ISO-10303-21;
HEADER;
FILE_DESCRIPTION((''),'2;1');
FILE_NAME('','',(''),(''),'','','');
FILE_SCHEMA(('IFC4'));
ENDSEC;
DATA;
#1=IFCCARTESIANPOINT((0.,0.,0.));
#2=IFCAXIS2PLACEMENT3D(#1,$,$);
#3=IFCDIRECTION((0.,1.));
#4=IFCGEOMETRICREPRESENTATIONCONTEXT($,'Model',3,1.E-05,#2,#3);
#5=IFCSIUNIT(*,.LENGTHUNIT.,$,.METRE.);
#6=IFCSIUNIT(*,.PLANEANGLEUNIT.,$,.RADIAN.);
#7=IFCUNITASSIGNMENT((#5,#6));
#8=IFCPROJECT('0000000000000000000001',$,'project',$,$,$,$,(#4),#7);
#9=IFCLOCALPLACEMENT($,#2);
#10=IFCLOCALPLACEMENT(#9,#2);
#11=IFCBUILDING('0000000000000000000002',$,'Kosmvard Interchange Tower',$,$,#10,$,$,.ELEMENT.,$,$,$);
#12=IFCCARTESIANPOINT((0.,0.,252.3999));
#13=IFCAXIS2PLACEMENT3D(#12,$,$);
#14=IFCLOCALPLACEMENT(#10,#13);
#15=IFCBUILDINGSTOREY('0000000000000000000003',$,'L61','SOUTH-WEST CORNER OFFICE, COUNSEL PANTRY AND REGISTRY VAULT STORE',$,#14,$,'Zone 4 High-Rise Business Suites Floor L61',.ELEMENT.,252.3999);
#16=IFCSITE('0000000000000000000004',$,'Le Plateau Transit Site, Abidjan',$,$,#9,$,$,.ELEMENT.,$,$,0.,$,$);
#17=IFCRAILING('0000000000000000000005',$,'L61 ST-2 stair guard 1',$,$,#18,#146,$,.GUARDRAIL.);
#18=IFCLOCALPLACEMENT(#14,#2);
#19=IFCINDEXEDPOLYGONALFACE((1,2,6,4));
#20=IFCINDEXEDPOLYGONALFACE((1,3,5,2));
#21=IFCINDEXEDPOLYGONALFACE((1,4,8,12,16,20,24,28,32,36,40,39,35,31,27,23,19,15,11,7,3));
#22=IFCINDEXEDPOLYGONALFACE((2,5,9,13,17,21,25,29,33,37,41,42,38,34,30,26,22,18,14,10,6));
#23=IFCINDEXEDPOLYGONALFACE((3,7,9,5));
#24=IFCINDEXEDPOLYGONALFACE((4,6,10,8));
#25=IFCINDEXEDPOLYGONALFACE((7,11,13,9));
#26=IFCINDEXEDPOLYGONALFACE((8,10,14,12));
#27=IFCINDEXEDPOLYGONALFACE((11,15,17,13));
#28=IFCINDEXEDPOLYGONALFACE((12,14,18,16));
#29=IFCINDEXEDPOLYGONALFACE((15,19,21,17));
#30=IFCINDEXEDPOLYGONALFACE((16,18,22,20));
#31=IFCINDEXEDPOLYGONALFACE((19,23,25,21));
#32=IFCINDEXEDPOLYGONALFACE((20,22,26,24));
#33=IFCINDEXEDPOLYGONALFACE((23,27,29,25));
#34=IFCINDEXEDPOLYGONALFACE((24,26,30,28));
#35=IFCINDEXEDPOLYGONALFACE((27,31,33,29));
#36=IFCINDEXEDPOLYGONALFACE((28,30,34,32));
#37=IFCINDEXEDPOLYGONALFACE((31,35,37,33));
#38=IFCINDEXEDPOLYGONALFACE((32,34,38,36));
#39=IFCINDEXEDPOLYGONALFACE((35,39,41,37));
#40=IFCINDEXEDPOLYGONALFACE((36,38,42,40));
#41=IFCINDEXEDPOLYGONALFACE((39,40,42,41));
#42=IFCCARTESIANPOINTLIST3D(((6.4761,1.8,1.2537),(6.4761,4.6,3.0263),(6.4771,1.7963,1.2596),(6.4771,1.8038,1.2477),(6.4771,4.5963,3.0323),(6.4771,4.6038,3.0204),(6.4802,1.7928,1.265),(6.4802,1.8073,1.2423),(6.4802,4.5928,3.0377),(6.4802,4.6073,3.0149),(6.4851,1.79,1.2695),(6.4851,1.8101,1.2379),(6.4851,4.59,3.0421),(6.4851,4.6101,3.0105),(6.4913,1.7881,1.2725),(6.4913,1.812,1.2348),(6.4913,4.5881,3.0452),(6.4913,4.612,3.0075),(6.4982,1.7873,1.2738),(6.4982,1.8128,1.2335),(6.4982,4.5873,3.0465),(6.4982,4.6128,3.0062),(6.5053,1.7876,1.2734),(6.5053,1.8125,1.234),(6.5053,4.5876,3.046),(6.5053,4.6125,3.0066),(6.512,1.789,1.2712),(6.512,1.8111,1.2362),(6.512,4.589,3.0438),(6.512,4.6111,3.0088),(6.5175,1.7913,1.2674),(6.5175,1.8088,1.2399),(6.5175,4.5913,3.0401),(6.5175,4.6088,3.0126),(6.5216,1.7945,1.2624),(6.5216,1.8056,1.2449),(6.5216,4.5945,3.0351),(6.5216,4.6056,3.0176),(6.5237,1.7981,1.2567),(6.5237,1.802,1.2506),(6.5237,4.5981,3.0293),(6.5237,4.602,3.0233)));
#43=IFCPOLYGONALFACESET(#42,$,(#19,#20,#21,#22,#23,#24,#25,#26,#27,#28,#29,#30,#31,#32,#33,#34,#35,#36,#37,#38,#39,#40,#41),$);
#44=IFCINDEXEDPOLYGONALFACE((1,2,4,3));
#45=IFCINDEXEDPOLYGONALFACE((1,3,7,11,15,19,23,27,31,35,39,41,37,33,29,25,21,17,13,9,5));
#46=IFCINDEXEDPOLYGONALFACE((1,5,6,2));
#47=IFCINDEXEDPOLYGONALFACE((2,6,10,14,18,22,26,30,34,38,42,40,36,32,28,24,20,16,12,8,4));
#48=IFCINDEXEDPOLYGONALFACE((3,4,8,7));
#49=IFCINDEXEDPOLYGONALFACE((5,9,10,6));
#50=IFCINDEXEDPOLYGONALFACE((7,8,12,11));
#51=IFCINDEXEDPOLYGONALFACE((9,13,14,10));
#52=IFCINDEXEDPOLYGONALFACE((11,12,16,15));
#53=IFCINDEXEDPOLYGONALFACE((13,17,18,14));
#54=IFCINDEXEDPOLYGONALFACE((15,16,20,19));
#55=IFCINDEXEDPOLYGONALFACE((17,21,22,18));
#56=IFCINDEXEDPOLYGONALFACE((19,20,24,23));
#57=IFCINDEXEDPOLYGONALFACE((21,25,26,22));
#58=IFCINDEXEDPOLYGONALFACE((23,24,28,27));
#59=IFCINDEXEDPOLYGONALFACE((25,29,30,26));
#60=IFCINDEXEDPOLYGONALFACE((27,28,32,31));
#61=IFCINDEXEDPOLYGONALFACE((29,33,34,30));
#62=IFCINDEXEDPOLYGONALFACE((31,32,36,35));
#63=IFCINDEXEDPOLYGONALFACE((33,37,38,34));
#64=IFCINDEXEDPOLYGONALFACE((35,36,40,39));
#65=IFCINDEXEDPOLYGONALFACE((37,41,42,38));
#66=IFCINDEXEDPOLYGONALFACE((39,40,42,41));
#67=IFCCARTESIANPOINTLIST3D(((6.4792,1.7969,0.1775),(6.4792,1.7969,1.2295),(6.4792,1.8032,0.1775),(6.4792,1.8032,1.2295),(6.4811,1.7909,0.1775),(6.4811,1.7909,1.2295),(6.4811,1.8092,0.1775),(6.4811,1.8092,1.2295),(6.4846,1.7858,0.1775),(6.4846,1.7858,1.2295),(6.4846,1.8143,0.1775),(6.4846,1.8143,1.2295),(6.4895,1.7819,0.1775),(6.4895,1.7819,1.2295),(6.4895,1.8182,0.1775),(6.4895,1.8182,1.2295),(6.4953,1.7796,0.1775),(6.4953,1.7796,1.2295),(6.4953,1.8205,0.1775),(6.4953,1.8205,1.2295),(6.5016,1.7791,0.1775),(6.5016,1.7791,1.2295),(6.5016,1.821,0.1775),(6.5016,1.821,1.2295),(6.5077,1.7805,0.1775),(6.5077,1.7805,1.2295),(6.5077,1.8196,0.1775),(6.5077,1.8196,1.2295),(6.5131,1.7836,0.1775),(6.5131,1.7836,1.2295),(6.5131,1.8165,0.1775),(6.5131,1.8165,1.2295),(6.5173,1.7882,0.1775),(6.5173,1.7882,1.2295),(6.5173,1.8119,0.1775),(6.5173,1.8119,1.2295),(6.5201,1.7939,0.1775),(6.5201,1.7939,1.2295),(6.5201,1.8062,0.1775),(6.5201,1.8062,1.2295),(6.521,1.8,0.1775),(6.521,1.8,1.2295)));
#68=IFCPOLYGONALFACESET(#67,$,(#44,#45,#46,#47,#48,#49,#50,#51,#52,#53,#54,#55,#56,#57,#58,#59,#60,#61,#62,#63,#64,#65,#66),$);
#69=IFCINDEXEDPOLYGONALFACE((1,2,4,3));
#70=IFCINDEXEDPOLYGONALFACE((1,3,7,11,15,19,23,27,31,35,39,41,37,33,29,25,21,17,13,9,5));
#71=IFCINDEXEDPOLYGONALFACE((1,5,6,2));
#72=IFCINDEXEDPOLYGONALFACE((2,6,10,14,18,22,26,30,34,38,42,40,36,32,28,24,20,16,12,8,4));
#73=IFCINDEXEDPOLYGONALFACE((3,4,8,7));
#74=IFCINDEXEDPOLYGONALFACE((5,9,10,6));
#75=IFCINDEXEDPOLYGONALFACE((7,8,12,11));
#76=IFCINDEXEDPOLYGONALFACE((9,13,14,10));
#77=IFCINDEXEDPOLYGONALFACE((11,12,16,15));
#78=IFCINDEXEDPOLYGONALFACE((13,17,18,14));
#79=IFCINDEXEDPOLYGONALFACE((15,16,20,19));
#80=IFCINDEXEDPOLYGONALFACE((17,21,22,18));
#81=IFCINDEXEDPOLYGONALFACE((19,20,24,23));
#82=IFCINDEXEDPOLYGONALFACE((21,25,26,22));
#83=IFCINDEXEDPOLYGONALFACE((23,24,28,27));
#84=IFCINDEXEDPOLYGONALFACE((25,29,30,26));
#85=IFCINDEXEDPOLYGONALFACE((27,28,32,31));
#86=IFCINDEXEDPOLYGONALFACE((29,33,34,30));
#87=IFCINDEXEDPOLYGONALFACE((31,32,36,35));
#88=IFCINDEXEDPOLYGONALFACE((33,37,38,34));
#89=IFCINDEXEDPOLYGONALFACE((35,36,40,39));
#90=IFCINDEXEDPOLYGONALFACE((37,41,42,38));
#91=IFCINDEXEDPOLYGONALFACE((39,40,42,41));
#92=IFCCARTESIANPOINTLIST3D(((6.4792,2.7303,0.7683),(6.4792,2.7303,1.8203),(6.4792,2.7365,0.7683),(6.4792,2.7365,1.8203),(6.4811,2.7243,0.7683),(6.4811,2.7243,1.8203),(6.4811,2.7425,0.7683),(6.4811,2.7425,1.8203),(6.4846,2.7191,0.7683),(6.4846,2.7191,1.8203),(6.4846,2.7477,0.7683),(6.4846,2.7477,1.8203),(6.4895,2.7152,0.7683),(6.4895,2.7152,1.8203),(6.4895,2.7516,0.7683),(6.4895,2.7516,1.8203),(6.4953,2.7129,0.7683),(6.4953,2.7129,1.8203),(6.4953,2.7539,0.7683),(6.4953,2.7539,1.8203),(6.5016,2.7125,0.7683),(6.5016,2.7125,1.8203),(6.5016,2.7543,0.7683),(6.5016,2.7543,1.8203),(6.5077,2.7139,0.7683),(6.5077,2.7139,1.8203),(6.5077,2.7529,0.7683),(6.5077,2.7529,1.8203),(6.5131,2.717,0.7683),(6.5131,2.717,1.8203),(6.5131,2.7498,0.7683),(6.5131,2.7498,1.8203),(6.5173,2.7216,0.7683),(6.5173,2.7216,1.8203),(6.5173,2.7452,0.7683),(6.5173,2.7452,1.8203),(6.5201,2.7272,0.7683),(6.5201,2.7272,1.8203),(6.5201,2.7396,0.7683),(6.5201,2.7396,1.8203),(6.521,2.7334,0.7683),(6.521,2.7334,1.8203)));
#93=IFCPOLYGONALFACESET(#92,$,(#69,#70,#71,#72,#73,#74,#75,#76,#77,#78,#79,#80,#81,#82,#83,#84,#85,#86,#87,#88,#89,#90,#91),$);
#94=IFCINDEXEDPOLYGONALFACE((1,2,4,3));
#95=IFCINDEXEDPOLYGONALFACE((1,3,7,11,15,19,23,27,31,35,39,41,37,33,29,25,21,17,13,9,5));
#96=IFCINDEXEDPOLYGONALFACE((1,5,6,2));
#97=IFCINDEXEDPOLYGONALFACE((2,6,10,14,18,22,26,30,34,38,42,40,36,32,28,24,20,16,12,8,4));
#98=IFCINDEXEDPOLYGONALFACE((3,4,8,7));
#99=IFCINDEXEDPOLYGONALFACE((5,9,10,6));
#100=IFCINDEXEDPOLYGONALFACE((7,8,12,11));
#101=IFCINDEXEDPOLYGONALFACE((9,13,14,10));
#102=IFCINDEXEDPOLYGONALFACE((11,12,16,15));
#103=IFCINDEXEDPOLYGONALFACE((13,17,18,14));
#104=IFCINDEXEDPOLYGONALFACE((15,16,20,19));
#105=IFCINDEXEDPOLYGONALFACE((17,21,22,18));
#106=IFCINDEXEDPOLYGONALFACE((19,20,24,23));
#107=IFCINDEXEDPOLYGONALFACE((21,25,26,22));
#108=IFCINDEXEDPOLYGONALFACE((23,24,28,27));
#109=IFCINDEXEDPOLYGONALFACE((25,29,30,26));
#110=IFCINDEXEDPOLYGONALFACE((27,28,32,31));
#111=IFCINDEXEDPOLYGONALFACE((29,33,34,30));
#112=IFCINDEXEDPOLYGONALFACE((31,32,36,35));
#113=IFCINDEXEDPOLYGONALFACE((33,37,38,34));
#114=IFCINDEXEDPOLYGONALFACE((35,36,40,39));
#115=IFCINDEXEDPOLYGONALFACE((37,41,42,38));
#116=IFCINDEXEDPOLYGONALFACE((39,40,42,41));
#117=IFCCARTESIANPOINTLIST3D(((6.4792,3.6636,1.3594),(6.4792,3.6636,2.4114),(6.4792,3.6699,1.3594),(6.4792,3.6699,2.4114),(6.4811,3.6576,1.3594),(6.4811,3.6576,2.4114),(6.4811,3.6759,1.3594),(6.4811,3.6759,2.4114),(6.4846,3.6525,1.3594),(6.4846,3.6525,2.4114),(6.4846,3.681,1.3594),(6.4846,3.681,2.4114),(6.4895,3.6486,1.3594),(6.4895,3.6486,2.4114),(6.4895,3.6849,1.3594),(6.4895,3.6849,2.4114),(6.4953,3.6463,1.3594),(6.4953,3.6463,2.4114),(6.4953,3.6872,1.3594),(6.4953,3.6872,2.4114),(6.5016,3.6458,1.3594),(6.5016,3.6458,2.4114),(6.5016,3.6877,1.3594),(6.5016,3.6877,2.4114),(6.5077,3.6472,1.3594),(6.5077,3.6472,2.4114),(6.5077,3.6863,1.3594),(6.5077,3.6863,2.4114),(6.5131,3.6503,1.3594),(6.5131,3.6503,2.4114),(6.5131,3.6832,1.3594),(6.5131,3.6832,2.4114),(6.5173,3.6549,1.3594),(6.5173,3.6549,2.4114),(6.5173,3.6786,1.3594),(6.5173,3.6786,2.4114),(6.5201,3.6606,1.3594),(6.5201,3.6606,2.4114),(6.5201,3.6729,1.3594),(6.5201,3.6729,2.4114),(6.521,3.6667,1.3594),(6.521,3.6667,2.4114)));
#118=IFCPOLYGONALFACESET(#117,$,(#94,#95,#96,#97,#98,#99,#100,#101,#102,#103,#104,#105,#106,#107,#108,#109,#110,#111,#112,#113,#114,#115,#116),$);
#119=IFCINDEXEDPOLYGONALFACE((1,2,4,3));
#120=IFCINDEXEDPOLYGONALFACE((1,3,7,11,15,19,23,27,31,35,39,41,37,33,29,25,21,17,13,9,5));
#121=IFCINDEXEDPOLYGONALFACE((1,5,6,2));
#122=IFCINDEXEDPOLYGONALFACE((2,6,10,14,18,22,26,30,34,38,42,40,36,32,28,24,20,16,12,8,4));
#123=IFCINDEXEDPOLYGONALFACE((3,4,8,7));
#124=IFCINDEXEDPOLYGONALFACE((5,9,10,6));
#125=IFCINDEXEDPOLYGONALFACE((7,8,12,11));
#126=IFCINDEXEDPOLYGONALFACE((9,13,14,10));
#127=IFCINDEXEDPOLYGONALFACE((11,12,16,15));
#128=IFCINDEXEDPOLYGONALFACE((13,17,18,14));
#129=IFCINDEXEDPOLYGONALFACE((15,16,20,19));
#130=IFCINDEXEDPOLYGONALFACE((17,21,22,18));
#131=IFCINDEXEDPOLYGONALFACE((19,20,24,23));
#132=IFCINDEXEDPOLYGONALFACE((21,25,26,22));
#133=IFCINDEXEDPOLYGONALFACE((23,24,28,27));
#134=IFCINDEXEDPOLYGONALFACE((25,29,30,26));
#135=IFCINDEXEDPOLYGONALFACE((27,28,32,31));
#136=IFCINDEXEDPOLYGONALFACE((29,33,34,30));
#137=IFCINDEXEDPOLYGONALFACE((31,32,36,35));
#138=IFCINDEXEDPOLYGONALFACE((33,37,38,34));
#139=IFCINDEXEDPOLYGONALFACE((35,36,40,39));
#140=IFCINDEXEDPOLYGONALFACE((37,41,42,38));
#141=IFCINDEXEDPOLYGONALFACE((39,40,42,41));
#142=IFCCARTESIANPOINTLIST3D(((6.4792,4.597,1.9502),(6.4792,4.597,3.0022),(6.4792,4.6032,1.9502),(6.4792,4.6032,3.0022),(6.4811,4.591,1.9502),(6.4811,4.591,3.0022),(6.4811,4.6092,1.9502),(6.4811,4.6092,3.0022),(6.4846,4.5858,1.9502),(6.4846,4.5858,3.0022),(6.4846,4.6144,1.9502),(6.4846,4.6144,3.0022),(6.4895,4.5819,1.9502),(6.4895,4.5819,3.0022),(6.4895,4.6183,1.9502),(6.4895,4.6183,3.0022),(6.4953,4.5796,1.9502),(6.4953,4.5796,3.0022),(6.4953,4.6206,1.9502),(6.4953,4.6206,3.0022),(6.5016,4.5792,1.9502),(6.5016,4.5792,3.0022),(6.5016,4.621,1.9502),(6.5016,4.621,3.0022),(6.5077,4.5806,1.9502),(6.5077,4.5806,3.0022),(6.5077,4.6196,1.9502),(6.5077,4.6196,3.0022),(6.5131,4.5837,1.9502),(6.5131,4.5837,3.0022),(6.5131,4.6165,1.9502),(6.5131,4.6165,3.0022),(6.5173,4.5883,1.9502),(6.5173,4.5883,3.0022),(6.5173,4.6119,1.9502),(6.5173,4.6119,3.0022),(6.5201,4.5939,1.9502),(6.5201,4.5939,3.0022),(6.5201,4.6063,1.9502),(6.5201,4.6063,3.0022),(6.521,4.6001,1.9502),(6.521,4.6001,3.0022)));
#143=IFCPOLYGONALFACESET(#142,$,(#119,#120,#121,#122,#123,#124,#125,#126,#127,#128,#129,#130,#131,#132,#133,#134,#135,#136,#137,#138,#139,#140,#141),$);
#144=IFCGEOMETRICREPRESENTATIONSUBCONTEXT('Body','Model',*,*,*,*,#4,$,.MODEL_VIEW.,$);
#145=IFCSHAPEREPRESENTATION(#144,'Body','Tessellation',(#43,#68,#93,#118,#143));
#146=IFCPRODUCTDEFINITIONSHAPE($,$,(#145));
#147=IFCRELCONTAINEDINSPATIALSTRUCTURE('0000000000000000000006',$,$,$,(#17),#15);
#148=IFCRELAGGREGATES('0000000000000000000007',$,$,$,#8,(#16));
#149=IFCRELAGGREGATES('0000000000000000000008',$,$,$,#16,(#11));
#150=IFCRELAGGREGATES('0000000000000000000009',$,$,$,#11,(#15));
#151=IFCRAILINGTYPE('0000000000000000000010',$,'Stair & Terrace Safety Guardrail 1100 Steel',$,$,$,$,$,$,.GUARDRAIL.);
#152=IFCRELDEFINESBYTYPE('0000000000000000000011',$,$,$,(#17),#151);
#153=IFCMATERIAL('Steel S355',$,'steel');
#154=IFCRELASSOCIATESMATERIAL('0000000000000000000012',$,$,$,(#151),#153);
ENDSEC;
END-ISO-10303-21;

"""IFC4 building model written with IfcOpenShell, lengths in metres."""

from ifc_helpers import new_model, si_unit, direction, frame, origin, origin_2d, place, context, subcontext, project, spatial, circle, extrude, source, transform, mapped, material, type_object, element, save


model = new_model("IFC4")

# Units and contexts
model_context = context("Model", 3, precision=1e-05, world=origin(), true_north=direction((0.0, 1.0)))
body_context = subcontext(model_context, "Body", "Model", "MODEL_VIEW")
ifc_project = project(units=[si_unit("LENGTHUNIT", "METRE"), si_unit("PLANEANGLEUNIT", "RADIAN")], contexts=[model_context])

# Site, building, storey
site_placement = place(None, origin())
site = spatial("IfcSite", under=ifc_project, at=site_placement, Name="Le Plateau Transit Site, Abidjan", CompositionType="ELEMENT", RefElevation=0.0)
building_placement = place(site_placement, origin())
building = spatial("IfcBuilding", under=site, at=building_placement, Name="Kosmvard Interchange Tower", CompositionType="ELEMENT")
storey_placement = place(building_placement, frame((0.0, 0.0, 252.3999)))
storey = spatial("IfcBuildingStorey", under=building, at=storey_placement, Name="L61", Description="SOUTH-WEST CORNER OFFICE, COUNSEL PANTRY AND REGISTRY VAULT STORE", LongName="Zone 4 High-Rise Business Suites Floor L61", CompositionType="ELEMENT", Elevation=252.3999)

# Shared definitions
ifc_material_1 = material(Name="Steel S355", Category="steel")

# Railing
railing_type_1 = type_object("IfcRailingType", Name="Stair & Terrace Safety Guardrail 1100 Steel", PredefinedType="GUARDRAIL", material=ifc_material_1)
shared_shape_1 = source(origin(), body_context, "Body", "SweptSolid", [
    extrude(circle(Radius=0.0239, at=origin_2d()), frame((0.0, 0.0, 1.0762), z_axis=(0.0, 0.844909, 0.53491), x_axis=(-1.0, 0.0, 0.0)), (0.0, 0.0, 1.0), 3.314),
    extrude(circle(Radius=0.021, at=origin_2d()), origin(), (0.0, 0.0, 1.0), 1.052),
    extrude(circle(Radius=0.021, at=origin_2d()), frame((0.0, 0.9333, 0.5908)), (0.0, 0.0, 1.0), 1.052),
    extrude(circle(Radius=0.021, at=origin_2d()), frame((0.0, 1.8667, 1.1819)), (0.0, 0.0, 1.0), 1.052),
    extrude(circle(Radius=0.021, at=origin_2d()), frame((0.0, 2.8, 1.7727)), (0.0, 0.0, 1.0), 1.052),
])
railing_1_placement = place(storey_placement, frame((6.5, 1.8, 0.1775)))
element("IfcRailing", 1, at=railing_1_placement, inside=storey, type_object=railing_type_1, Name="L61 ST-2 stair guard 1", PredefinedType="GUARDRAIL", context=body_context, shape_type="MappedRepresentation", body=[
    mapped(shared_shape_1, transform((0.0, 0.0, 0.0), scale=1.0)),
])

save(model, "model.ifc")
